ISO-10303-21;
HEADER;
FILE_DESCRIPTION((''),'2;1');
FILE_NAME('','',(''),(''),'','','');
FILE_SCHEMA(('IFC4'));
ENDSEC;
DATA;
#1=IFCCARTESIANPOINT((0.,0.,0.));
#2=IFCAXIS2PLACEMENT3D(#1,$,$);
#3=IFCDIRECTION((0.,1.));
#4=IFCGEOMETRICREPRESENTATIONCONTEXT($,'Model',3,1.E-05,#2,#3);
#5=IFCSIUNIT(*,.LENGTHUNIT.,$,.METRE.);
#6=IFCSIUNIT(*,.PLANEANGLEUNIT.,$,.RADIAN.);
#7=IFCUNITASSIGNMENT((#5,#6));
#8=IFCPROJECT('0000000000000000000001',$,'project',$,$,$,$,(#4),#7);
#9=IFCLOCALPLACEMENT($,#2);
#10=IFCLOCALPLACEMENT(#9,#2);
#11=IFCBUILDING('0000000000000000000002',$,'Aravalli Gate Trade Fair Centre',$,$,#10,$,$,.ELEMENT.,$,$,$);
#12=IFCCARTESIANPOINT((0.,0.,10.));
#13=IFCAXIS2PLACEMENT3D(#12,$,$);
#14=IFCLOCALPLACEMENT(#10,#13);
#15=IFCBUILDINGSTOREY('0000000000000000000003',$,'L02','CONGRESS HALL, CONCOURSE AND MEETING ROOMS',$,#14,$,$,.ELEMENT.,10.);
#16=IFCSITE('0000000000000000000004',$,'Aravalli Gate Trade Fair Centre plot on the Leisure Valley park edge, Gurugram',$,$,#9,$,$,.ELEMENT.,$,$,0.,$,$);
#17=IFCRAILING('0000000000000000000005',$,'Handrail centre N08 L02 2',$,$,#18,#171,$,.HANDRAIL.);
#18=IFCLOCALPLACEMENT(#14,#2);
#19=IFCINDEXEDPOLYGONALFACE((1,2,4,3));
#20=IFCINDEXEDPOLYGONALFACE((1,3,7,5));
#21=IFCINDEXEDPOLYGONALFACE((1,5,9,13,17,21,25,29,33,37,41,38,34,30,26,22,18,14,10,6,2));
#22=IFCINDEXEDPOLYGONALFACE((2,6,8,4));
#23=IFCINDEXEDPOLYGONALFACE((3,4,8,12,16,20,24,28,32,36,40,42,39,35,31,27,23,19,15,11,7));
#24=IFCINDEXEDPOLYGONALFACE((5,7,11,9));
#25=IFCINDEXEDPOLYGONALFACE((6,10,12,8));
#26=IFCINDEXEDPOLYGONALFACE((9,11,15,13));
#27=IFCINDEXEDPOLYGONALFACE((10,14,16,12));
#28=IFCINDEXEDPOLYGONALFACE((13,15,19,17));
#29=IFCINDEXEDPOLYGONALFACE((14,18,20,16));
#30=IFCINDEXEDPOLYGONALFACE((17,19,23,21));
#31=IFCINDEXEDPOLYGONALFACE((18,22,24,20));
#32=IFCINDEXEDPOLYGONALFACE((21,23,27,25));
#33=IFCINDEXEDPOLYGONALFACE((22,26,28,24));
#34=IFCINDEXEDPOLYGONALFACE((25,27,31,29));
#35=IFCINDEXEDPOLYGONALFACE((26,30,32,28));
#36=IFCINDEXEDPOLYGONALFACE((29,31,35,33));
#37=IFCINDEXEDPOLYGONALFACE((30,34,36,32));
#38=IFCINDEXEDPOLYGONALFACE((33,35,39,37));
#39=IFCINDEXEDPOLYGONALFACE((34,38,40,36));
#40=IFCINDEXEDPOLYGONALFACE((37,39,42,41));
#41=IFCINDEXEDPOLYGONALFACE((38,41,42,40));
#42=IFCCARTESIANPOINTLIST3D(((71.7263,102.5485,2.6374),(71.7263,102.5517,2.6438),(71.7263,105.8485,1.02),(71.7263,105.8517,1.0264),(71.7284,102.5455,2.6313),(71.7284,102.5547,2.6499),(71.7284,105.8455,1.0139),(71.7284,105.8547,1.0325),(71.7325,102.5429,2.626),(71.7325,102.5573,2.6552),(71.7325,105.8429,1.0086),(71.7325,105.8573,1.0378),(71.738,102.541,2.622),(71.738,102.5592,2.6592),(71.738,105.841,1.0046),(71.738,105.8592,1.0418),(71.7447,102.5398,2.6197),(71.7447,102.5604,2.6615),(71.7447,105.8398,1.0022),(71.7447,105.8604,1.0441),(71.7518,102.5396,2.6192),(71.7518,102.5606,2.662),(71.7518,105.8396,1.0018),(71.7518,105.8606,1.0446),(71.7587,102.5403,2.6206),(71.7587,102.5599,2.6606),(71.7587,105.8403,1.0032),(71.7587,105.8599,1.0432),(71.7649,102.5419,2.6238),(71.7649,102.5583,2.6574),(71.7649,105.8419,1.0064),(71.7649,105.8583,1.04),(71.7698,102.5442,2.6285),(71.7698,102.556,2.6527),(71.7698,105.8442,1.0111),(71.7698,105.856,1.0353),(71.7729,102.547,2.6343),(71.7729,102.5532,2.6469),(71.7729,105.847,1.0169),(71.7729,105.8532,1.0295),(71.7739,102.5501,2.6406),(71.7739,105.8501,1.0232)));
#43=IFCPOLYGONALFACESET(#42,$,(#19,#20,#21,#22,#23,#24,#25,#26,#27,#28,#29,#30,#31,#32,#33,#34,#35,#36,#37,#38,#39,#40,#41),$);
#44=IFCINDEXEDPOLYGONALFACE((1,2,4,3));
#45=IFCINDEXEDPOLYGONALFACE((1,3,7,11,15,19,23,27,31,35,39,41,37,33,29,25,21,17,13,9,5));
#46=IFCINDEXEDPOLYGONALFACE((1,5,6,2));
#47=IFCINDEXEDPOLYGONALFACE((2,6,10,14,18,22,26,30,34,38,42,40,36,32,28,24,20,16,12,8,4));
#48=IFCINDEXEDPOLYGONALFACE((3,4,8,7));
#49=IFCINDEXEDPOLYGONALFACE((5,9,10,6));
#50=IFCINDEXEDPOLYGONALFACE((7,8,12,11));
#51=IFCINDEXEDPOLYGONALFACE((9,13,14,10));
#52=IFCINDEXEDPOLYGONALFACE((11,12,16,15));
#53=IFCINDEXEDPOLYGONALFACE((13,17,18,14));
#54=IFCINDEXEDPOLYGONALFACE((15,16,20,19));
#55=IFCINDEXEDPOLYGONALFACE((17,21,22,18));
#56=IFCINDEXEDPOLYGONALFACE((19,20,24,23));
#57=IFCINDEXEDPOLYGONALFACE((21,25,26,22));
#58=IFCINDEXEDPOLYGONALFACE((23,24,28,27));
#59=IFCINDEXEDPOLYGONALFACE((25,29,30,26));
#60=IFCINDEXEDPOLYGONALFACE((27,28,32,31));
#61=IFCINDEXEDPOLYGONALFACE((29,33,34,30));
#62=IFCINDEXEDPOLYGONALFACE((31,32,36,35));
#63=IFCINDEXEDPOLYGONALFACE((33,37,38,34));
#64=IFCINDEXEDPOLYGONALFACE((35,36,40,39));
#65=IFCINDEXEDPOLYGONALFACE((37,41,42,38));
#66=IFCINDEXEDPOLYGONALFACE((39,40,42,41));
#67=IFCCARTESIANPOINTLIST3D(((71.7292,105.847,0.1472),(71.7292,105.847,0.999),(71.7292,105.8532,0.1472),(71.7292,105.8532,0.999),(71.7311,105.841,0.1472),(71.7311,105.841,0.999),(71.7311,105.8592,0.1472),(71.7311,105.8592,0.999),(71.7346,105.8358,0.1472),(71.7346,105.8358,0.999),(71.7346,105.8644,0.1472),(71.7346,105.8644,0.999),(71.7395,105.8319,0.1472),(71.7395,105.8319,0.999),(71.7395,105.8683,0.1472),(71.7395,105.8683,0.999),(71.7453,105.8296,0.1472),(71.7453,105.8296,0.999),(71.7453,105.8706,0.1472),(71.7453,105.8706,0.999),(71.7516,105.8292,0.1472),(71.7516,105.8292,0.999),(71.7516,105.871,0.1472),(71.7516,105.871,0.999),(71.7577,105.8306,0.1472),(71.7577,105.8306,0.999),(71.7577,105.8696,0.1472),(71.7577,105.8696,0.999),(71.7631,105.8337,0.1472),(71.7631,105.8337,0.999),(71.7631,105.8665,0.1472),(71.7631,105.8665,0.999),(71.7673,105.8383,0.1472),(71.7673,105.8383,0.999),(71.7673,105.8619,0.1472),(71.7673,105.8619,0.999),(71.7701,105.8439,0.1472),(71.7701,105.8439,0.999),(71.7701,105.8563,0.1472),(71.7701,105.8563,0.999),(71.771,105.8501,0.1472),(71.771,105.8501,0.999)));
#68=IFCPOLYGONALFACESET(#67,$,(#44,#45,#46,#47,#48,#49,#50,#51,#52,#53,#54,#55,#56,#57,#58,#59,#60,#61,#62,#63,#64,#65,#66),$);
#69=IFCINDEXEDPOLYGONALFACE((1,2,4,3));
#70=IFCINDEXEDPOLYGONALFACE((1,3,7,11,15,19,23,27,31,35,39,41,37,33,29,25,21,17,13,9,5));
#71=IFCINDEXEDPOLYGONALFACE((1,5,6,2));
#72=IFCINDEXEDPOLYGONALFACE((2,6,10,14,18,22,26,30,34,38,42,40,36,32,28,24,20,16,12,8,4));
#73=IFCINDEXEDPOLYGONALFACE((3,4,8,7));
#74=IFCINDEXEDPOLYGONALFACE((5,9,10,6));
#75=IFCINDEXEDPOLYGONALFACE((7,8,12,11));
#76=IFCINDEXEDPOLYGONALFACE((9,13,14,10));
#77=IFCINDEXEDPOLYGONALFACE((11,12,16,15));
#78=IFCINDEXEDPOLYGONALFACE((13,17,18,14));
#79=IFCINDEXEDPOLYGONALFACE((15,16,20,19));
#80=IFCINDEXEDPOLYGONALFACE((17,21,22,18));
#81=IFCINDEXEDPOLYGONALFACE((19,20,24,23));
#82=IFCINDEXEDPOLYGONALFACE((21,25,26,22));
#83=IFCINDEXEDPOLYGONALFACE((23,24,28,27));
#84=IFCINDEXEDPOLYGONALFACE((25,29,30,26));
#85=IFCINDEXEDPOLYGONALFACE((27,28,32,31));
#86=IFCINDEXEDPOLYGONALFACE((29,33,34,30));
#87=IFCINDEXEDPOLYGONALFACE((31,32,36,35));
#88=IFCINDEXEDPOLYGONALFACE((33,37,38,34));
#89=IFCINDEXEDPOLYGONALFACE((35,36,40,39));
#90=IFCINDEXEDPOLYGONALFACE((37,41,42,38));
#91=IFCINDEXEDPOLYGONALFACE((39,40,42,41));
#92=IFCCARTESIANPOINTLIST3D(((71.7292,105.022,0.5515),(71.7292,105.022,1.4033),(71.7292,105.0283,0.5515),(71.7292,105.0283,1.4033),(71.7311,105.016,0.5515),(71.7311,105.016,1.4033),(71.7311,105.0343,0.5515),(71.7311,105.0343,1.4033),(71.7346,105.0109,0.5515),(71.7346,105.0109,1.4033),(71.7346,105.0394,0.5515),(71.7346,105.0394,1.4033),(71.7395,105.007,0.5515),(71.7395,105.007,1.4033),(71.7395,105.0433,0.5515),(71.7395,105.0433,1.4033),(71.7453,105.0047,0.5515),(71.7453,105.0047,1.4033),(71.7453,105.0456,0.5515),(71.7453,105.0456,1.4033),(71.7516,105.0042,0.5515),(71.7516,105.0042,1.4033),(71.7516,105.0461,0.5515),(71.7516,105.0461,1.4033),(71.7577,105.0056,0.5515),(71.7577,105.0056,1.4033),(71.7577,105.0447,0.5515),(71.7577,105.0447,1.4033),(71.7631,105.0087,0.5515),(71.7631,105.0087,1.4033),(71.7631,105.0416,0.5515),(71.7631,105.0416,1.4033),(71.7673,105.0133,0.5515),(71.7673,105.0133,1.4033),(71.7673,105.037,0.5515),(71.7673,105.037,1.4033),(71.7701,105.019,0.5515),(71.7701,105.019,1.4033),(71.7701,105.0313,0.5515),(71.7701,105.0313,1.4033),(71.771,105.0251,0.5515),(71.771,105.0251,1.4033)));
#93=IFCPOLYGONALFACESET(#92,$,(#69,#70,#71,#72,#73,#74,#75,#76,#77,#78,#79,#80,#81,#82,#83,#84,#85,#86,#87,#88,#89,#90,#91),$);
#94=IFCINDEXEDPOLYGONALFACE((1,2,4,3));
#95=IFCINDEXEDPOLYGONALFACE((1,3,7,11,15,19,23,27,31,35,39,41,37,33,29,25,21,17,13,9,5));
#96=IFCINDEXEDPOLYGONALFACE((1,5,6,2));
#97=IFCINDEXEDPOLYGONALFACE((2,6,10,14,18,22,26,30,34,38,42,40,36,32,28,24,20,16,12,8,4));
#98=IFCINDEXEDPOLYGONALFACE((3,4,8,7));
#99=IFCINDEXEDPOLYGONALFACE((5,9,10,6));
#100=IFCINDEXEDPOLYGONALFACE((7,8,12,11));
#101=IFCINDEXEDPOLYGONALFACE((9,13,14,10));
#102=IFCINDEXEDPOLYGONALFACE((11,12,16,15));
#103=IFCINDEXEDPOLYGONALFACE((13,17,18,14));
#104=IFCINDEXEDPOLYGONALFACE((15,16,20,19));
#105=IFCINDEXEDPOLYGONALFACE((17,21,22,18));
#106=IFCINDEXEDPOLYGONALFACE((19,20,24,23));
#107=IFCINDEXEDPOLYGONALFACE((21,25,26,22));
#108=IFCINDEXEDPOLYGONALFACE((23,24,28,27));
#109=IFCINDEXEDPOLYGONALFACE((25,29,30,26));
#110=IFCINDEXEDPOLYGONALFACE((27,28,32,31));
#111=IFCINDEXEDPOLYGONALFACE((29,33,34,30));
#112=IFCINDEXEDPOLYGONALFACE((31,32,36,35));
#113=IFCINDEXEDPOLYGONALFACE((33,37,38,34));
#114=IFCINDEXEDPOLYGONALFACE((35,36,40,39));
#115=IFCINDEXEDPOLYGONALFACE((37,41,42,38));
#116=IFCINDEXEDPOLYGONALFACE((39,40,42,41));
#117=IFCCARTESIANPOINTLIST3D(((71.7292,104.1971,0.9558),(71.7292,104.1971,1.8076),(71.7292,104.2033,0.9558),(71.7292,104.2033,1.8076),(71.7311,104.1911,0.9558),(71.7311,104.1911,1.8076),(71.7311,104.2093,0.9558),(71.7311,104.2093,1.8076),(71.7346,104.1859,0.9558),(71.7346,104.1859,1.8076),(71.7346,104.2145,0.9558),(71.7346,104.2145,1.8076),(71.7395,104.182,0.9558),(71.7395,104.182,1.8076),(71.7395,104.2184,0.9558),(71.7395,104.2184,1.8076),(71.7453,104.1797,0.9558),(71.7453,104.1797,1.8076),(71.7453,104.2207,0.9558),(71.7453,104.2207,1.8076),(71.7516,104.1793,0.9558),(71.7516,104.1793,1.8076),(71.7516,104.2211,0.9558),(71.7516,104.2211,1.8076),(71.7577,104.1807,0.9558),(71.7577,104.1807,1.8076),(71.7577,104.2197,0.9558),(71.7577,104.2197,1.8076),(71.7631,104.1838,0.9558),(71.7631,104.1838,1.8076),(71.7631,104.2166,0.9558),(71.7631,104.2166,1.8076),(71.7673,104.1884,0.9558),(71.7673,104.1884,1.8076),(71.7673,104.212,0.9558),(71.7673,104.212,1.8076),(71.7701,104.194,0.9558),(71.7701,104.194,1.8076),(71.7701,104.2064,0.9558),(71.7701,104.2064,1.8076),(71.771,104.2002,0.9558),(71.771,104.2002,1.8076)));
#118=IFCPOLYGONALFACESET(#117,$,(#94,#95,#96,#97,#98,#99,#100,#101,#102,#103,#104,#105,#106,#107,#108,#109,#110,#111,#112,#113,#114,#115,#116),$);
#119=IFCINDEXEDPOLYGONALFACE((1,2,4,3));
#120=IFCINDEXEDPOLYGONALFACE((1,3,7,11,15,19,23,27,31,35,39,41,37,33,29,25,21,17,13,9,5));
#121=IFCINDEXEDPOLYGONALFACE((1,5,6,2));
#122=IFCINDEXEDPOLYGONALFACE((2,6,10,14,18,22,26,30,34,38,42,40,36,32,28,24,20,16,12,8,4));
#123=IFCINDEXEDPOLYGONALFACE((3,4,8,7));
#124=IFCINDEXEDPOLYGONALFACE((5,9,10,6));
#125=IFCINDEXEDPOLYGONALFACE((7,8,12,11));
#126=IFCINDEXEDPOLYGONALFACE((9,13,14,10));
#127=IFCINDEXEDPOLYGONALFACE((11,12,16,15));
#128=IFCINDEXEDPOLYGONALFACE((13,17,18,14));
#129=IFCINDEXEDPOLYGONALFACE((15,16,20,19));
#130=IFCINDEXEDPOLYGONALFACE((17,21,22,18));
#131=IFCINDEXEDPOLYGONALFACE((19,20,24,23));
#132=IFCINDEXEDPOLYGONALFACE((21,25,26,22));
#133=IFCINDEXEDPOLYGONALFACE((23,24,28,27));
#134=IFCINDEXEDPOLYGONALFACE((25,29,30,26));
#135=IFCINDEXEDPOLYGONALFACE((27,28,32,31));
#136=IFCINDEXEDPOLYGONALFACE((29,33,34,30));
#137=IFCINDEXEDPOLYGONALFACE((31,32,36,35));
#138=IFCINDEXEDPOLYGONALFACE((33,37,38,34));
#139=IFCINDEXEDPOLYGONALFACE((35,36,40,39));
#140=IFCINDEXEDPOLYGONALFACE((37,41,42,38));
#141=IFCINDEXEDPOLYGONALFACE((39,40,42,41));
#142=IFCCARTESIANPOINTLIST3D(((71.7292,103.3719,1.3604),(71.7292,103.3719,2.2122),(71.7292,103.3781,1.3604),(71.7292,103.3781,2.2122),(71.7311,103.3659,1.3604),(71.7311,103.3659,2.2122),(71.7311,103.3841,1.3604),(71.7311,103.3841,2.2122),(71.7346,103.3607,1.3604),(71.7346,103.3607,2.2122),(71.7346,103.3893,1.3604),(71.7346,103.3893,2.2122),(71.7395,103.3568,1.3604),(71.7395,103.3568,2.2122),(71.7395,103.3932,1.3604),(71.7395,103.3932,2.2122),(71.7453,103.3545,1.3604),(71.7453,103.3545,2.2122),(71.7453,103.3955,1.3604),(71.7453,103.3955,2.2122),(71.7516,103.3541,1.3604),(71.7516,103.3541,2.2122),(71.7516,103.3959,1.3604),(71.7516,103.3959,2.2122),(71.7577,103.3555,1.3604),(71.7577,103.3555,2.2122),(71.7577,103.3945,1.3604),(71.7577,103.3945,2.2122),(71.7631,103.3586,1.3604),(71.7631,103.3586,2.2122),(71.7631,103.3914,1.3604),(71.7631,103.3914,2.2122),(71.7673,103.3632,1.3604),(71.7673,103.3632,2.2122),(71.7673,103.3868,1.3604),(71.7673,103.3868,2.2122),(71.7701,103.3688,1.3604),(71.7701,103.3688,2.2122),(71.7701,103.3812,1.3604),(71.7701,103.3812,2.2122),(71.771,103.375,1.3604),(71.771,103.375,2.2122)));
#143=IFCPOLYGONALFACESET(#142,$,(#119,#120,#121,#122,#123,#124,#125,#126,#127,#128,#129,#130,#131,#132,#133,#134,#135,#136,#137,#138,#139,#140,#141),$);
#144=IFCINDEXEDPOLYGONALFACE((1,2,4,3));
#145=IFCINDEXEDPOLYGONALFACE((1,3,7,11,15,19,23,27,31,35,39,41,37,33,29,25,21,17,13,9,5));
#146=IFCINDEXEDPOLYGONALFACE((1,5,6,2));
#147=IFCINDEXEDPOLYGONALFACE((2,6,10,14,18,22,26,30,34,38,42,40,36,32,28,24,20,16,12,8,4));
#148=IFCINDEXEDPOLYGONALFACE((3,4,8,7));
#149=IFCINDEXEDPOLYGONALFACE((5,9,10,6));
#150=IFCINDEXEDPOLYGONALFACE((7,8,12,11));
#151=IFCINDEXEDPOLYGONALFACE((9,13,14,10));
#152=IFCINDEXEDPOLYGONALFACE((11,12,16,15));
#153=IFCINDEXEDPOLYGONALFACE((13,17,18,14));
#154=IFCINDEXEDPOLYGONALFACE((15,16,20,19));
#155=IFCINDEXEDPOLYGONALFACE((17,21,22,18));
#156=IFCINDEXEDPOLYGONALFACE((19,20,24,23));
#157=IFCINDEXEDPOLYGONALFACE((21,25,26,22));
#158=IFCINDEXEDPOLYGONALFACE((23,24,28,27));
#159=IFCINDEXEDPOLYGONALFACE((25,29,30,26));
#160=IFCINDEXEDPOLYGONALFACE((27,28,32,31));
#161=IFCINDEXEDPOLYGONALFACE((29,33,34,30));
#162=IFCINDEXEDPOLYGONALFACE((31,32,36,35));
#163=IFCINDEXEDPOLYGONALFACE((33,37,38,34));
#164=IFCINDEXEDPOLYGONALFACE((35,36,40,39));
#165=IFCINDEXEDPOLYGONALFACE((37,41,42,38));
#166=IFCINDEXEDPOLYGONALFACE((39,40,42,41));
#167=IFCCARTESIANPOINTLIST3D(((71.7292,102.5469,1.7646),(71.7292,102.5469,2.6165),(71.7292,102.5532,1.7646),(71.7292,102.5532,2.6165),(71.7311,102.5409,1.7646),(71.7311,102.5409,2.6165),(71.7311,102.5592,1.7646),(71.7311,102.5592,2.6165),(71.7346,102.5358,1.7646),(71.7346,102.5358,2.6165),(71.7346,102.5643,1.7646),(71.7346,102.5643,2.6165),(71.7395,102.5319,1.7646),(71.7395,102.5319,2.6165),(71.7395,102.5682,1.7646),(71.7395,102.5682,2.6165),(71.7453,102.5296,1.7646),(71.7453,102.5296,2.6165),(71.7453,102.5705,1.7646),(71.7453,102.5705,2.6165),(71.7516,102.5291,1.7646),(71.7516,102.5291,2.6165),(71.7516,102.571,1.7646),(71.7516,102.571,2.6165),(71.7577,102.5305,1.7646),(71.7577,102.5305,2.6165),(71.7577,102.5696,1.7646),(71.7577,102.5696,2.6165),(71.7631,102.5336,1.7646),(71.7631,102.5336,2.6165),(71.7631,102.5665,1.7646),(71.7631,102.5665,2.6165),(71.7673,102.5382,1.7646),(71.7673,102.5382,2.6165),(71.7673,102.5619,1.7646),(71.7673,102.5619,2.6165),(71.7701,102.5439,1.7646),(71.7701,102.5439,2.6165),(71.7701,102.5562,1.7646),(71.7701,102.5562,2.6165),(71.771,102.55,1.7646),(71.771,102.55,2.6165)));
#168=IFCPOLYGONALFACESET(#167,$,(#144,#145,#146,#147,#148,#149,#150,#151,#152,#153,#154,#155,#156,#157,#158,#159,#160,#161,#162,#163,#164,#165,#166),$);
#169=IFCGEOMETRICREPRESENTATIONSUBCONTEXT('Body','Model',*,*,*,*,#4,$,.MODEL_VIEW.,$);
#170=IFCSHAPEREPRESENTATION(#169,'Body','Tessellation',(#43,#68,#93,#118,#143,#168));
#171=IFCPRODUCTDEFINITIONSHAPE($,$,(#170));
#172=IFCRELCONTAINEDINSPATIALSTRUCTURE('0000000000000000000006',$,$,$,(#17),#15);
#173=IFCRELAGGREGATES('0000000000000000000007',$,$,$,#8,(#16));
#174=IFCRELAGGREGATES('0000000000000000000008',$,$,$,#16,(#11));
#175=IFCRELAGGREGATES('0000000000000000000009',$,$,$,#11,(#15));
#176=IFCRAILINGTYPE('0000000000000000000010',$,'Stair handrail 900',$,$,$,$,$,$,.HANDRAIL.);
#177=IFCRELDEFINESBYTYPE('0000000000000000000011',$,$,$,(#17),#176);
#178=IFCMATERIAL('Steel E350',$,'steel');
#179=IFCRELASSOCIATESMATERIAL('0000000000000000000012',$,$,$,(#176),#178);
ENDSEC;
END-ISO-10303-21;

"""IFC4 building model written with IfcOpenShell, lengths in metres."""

from ifc_helpers import new_model, si_unit, direction, frame, origin, origin_2d, place, context, subcontext, project, spatial, circle, extrude, material, type_object, element, save


model = new_model("IFC4")

# Units and contexts
model_context = context("Model", 3, precision=1e-05, world=origin(), true_north=direction((0.0, 1.0)))
body_context = subcontext(model_context, "Body", "Model", "MODEL_VIEW")
ifc_project = project(units=[si_unit("LENGTHUNIT", "METRE"), si_unit("PLANEANGLEUNIT", "RADIAN")], contexts=[model_context])

# Site, building, storey
site_placement = place(None, origin())
site = spatial("IfcSite", under=ifc_project, at=site_placement, Name="Aravalli Gate Trade Fair Centre plot on the Leisure Valley park edge, Gurugram", CompositionType="ELEMENT", RefElevation=0.0)
building_placement = place(site_placement, origin())
building = spatial("IfcBuilding", under=site, at=building_placement, Name="Aravalli Gate Trade Fair Centre", CompositionType="ELEMENT")
storey_placement = place(building_placement, frame((0.0, 0.0, 10.0)))
storey = spatial("IfcBuildingStorey", under=building, at=storey_placement, Name="L02", Description="CONGRESS HALL, CONCOURSE AND MEETING ROOMS", CompositionType="ELEMENT", Elevation=10.0)

# Shared definitions
ifc_material_1 = material(Name="Steel E350", Category="steel")

# Railing
railing_type_1 = type_object("IfcRailingType", Name="Stair handrail 900", PredefinedType="HANDRAIL", material=ifc_material_1)
for number, where, name in (
    (1, (71.75, 105.8501, 0.1472), "Handrail centre N08 L02 2"),
):
    element("IfcRailing", number, at=place(storey_placement, frame(where)), inside=storey, type_object=railing_type_1, Name=name, PredefinedType="HANDRAIL", context=body_context, shape_type="SweptSolid", body=[
        extrude(circle(Radius=0.0239, at=origin_2d()), frame((0.0, 0.0, 0.876), z_axis=(0.0, -0.897946, 0.440105), x_axis=(1.0, 0.0, 0.0)), (0.0, 0.0, 1.0), 3.675),
        extrude(circle(Radius=0.021, at=origin_2d()), origin(), (0.0, 0.0, 1.0), 0.8518),
        extrude(circle(Radius=0.021, at=origin_2d()), frame((0.0, -0.825, 0.4043)), (0.0, 0.0, 1.0), 0.8518),
        extrude(circle(Radius=0.021, at=origin_2d()), frame((0.0, -1.6499, 0.8086)), (0.0, 0.0, 1.0), 0.8518),
        extrude(circle(Radius=0.021, at=origin_2d()), frame((0.0, -2.4751, 1.2131)), (0.0, 0.0, 1.0), 0.8518),
        extrude(circle(Radius=0.021, at=origin_2d()), frame((0.0, -3.3, 1.6174)), (0.0, 0.0, 1.0), 0.8518),
    ])

save(model, "model.ifc")
